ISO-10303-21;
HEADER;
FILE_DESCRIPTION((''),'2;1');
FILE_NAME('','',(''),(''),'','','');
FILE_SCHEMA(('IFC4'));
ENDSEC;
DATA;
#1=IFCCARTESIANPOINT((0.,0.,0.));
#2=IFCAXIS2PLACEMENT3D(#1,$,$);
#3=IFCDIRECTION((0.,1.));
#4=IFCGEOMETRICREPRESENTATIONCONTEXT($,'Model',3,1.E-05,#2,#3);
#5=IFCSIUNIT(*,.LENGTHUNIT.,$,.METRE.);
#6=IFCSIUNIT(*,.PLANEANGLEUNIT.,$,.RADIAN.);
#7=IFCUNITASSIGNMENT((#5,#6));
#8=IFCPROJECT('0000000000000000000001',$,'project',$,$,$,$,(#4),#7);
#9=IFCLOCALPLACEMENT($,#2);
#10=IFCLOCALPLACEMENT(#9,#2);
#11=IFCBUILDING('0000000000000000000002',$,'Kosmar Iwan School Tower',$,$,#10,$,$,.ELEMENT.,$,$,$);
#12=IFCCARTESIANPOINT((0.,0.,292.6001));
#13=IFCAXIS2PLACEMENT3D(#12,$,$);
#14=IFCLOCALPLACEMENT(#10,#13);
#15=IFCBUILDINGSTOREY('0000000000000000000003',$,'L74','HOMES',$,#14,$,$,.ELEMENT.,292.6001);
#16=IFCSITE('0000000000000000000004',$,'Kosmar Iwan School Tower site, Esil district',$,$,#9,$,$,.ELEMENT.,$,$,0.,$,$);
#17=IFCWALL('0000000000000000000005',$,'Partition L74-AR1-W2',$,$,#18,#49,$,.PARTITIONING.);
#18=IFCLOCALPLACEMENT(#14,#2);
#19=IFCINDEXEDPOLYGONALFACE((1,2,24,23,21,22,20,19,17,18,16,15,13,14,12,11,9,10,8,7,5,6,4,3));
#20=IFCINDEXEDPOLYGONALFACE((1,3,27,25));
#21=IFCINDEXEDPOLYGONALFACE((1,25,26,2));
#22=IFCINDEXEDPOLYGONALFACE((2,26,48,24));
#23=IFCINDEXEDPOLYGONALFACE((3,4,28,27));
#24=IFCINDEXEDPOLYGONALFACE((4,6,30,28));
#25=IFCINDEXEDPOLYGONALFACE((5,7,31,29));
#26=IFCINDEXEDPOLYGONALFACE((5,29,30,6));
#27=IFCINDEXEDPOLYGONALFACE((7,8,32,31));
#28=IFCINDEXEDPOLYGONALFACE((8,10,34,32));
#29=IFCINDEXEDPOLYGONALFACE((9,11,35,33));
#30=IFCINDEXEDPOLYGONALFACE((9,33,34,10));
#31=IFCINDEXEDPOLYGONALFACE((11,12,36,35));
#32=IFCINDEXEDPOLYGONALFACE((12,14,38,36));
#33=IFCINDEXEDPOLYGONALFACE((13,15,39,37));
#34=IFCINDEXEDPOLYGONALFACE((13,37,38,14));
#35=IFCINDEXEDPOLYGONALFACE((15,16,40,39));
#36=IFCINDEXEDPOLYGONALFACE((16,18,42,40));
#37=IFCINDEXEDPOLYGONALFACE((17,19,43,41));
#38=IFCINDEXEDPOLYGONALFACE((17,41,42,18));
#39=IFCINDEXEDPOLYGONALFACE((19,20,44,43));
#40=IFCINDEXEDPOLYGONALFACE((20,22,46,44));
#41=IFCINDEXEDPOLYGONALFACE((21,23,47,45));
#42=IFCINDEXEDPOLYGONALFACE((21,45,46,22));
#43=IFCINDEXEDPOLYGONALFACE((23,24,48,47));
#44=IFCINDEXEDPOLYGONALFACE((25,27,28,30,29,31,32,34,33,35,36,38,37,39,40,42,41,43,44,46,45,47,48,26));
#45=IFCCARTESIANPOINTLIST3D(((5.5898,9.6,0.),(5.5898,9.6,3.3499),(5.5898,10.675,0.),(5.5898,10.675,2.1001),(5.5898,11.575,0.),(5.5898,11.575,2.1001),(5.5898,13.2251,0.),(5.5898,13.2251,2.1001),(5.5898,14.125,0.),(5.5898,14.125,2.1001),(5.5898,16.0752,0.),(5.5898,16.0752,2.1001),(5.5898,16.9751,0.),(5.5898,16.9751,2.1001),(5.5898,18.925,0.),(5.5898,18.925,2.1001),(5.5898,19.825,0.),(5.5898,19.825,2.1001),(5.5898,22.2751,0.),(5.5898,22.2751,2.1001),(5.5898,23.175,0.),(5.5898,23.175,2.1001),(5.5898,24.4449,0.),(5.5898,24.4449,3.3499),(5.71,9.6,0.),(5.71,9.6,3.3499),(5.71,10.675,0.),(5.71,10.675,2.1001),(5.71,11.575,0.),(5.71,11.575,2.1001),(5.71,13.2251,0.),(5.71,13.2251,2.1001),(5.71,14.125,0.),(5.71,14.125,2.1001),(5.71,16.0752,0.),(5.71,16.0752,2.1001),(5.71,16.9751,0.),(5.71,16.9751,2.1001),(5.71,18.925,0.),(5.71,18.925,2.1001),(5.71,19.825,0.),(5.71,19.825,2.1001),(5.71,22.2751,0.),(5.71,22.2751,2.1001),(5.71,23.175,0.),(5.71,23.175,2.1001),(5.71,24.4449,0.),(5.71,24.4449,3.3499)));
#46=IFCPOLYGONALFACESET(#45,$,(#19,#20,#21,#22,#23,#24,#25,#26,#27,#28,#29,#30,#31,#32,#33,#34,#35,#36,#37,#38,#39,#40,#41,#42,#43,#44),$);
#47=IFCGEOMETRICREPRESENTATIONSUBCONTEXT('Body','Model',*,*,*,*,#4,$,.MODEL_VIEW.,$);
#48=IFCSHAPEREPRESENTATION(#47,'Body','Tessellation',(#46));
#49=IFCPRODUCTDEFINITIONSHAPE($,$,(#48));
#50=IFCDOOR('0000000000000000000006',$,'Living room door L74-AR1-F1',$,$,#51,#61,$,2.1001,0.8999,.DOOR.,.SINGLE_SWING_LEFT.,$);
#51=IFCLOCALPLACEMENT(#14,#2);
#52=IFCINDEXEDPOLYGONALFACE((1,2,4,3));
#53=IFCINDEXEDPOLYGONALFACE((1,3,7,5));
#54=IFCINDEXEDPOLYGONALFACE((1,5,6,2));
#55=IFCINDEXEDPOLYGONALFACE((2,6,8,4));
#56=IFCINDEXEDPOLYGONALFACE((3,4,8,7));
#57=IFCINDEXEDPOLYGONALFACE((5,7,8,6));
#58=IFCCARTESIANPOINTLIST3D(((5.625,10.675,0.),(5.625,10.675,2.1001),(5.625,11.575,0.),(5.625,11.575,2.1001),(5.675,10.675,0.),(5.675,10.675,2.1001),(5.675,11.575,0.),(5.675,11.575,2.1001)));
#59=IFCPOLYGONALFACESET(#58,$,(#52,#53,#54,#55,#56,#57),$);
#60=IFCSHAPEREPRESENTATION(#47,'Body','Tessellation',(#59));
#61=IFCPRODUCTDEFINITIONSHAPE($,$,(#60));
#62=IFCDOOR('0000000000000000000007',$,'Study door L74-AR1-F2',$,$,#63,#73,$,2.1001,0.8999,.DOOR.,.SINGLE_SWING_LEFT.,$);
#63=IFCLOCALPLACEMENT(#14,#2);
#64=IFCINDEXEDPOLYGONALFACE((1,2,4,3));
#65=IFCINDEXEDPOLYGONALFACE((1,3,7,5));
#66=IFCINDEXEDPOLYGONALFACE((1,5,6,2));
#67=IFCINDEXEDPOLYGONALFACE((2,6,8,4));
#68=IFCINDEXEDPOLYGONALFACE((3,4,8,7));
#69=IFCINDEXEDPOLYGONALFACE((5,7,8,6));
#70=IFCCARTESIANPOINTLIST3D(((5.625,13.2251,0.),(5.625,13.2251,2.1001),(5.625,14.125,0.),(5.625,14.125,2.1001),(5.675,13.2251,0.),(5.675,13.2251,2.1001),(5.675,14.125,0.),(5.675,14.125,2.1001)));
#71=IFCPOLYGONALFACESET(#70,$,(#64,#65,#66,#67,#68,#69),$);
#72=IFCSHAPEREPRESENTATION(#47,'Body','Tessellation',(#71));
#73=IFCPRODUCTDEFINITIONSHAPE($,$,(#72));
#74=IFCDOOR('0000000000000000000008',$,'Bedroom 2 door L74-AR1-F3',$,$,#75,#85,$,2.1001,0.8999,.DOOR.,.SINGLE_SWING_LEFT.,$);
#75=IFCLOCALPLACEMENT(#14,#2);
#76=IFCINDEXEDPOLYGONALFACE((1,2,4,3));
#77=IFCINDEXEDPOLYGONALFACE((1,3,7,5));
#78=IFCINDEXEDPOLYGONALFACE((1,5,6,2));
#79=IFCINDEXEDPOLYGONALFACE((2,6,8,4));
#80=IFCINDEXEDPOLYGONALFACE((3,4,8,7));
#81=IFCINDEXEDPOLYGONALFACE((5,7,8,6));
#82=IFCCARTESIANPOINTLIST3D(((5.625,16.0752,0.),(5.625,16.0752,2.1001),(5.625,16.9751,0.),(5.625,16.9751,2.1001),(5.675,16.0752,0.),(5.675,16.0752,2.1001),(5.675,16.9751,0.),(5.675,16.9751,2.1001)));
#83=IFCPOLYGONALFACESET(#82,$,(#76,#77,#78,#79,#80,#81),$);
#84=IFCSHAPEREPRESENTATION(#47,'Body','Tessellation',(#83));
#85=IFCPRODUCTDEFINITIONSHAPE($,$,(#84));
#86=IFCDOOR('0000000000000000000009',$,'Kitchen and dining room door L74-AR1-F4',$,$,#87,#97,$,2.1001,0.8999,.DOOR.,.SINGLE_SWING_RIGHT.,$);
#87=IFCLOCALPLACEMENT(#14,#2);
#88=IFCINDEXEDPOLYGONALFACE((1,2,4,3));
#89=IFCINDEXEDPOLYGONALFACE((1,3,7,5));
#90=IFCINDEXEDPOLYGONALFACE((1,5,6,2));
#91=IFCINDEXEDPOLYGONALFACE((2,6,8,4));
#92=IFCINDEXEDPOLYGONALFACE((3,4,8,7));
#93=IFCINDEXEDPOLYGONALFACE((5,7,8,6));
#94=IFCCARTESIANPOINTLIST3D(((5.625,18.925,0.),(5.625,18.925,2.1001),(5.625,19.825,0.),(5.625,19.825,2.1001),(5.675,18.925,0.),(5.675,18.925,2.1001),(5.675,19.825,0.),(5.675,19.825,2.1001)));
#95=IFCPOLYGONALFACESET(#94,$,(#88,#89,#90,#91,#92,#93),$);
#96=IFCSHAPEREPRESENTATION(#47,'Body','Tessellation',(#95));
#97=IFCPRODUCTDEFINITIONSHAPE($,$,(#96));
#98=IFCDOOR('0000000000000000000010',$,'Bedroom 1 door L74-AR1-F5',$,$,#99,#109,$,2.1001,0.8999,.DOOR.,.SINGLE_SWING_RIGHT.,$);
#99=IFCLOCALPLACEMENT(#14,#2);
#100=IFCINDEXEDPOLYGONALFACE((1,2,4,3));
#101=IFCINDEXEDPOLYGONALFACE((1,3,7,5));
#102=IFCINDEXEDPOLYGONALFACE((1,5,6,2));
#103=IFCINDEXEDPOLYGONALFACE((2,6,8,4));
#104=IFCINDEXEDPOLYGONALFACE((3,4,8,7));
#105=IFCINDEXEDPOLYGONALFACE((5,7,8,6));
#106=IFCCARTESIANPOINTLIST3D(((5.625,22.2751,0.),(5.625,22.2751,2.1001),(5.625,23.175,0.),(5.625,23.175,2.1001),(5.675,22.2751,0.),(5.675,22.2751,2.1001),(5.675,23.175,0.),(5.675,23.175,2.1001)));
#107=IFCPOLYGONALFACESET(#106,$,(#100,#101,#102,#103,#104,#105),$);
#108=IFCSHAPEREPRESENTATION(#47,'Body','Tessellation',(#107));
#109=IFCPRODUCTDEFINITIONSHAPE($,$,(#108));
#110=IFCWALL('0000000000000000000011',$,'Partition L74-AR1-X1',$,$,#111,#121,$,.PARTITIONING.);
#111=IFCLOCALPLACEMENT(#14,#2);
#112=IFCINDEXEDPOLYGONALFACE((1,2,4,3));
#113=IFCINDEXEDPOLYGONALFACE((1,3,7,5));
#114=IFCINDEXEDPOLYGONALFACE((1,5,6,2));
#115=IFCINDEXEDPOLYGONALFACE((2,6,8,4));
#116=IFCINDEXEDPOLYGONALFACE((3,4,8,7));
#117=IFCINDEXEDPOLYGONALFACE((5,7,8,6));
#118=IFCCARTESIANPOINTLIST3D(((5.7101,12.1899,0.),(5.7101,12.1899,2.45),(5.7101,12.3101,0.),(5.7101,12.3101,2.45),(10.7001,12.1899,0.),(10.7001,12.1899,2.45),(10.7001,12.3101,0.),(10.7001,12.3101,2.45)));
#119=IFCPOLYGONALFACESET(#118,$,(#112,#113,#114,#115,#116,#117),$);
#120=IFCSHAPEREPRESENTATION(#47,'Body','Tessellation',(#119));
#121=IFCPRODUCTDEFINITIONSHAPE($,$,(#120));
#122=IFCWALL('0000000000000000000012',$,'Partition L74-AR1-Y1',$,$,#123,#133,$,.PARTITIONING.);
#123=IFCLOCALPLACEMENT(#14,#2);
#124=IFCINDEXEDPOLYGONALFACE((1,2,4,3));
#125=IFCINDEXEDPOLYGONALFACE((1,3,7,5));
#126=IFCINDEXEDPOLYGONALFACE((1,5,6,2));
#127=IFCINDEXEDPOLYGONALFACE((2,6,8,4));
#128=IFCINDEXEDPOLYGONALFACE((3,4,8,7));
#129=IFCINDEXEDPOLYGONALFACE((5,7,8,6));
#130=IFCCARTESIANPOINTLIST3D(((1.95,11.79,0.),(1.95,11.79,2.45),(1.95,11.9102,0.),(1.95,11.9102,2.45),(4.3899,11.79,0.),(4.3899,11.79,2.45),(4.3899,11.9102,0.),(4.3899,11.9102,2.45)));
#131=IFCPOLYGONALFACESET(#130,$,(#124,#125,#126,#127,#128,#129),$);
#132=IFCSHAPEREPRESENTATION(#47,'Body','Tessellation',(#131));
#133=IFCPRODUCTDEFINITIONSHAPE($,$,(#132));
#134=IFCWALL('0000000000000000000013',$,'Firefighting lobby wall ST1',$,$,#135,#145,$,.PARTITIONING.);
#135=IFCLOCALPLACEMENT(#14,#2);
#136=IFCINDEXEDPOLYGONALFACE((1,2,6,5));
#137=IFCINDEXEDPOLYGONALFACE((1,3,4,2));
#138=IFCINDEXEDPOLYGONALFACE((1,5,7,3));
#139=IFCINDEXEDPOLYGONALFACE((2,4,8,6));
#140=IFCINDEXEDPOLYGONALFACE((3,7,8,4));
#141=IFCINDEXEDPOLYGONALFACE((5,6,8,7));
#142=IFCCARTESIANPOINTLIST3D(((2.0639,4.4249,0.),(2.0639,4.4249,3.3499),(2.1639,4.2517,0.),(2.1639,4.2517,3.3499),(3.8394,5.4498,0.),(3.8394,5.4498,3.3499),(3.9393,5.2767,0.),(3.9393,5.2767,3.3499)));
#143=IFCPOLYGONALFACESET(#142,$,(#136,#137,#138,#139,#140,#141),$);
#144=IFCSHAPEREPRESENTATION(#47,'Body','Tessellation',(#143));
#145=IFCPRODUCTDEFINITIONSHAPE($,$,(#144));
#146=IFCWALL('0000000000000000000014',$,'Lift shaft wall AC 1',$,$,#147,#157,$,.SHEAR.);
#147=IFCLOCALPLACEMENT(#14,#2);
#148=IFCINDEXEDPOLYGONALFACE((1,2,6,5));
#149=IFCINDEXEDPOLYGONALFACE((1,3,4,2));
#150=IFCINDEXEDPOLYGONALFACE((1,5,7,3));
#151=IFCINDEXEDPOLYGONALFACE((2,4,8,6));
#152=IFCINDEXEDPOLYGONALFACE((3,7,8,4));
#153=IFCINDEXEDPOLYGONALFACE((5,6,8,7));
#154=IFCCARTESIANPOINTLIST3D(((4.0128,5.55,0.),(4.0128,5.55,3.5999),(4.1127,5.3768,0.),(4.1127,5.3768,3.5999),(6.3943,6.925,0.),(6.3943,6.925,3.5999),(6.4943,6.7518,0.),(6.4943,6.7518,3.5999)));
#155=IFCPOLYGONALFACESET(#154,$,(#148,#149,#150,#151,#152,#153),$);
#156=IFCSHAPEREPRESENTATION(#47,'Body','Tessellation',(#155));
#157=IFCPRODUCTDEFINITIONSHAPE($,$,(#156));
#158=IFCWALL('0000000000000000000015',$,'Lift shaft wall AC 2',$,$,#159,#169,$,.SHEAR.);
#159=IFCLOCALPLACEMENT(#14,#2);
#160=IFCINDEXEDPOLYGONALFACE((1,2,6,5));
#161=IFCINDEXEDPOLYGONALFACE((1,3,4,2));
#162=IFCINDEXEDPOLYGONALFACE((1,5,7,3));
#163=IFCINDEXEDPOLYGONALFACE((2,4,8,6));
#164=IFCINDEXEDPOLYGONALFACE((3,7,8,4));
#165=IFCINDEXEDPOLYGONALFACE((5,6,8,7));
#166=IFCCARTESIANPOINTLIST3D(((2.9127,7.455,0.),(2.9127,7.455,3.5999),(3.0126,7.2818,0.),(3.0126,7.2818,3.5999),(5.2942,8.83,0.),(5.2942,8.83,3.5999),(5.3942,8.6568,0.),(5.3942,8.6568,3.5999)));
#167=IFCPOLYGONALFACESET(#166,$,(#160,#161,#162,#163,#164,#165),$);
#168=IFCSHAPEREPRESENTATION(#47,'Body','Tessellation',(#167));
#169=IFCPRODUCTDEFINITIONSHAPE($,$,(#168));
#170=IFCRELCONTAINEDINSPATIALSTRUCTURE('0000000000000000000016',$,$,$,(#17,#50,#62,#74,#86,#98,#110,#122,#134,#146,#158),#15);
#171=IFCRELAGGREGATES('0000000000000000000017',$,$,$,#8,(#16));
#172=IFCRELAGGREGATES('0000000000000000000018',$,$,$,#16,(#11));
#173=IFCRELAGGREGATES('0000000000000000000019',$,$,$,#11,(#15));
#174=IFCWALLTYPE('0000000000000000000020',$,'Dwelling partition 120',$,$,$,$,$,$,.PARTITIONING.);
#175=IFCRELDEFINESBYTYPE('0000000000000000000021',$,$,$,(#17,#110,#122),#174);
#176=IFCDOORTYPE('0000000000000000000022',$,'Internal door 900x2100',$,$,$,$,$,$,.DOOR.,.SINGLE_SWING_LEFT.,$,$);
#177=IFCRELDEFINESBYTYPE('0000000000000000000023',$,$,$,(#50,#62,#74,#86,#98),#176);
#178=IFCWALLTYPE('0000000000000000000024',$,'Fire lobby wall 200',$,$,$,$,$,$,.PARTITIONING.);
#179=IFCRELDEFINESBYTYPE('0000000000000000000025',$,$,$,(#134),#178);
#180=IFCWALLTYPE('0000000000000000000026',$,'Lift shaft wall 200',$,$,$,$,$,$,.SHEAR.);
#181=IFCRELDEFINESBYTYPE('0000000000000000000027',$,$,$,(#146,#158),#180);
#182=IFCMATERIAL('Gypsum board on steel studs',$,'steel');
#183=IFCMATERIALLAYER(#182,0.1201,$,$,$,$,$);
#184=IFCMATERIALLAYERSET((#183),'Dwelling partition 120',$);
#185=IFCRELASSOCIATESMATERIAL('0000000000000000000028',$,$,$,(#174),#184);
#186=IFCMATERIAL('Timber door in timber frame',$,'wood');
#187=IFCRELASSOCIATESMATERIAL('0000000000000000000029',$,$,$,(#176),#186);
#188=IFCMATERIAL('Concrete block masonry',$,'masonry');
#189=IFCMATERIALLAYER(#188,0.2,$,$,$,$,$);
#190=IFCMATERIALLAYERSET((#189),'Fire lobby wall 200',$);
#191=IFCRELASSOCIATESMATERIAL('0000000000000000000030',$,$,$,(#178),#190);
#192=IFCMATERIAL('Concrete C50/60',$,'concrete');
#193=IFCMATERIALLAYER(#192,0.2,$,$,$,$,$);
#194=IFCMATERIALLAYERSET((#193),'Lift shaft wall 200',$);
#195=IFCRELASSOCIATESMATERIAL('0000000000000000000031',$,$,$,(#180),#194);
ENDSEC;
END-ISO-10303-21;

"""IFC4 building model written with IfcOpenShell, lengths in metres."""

from ifc_helpers import new_model, si_unit, direction, frame, frame_2d, origin, place, context, subcontext, project, spatial, rectangle, extrude, material, layer, layer_set, type_object, element, fill, save


model = new_model("IFC4")

# Units and contexts
model_context = context("Model", 3, precision=1e-05, world=origin(), true_north=direction((0.0, 1.0)))
body_context = subcontext(model_context, "Body", "Model", "MODEL_VIEW")
ifc_project = project(units=[si_unit("LENGTHUNIT", "METRE"), si_unit("PLANEANGLEUNIT", "RADIAN")], contexts=[model_context])

# Site, building, storey
site_placement = place(None, origin())
site = spatial("IfcSite", under=ifc_project, at=site_placement, Name="Kosmar Iwan School Tower site, Esil district", CompositionType="ELEMENT", RefElevation=0.0)
building_placement = place(site_placement, origin())
building = spatial("IfcBuilding", under=site, at=building_placement, Name="Kosmar Iwan School Tower", CompositionType="ELEMENT")
storey_placement = place(building_placement, frame((0.0, 0.0, 292.6001)))
storey = spatial("IfcBuildingStorey", under=building, at=storey_placement, Name="L74", Description="HOMES", CompositionType="ELEMENT", Elevation=292.6001)

# Wall, openings, doors
ifc_material_1 = material(Name="Gypsum board on steel studs", Category="steel")
ifc_layer_1 = layer(ifc_material_1, 0.1201)
ifc_layer_set_1 = layer_set([ifc_layer_1], Name="Dwelling partition 120")
wall_type_1 = type_object("IfcWallType", Name="Dwelling partition 120", PredefinedType="PARTITIONING", material=ifc_layer_set_1)
ifc_material_2 = material(Name="Timber door in timber frame", Category="wood")
door_type_1 = type_object("IfcDoorType", Name="Internal door 900x2100", OperationType="SINGLE_SWING_LEFT", PredefinedType="DOOR", material=ifc_material_2)
wall_1_placement = place(storey_placement, frame((5.6499, 9.6001, 0.0), z_axis=(0.0, 0.0, 1.0), x_axis=(0.0, 1.0, 0.0)))
wall_1 = element("IfcWall", 1, at=wall_1_placement, inside=storey, type_object=wall_type_1, Name="Partition L74-AR1-W2", PredefinedType="PARTITIONING", context=body_context, shape_type="SweptSolid", body=[
    extrude(rectangle(XDim=14.845, YDim=0.1201, at=frame_2d((7.4224, 0.0))), origin(), (0.0, 0.0, 1.0), 3.3499),
])
opening_1_placement = place(wall_1_placement, frame((1.075, 0.0, 0.0)))
opening_1 = element("IfcOpeningElement", 2, at=opening_1_placement, cuts=wall_1, PredefinedType="OPENING", context=body_context, shape_type="SweptSolid", body=[
    extrude(rectangle(XDim=0.8999, YDim=2.1001, at=frame_2d((0.45, 1.05))), frame((0.0, 0.072, 0.0), z_axis=(0.0, -1.0, 0.0), x_axis=(1.0, 0.0, 0.0)), (0.0, 0.0, 1.0), 0.144),
])
opening_2_placement = place(wall_1_placement, frame((3.625, 0.0, 0.0)))
opening_2 = element("IfcOpeningElement", 3, at=opening_2_placement, cuts=wall_1, PredefinedType="OPENING", context=body_context, shape_type="SweptSolid", body=[
    extrude(rectangle(XDim=0.8999, YDim=2.1001, at=frame_2d((0.45, 1.05))), frame((0.0, 0.072, 0.0), z_axis=(0.0, -1.0, 0.0), x_axis=(1.0, 0.0, 0.0)), (0.0, 0.0, 1.0), 0.144),
])
opening_3_placement = place(wall_1_placement, frame((6.4751, 0.0, 0.0)))
opening_3 = element("IfcOpeningElement", 4, at=opening_3_placement, cuts=wall_1, PredefinedType="OPENING", context=body_context, shape_type="SweptSolid", body=[
    extrude(rectangle(XDim=0.8999, YDim=2.1001, at=frame_2d((0.45, 1.05))), frame((0.0, 0.072, 0.0), z_axis=(0.0, -1.0, 0.0), x_axis=(1.0, 0.0, 0.0)), (0.0, 0.0, 1.0), 0.144),
])
opening_4_placement = place(wall_1_placement, frame((9.325, 0.0, 0.0)))
opening_4 = element("IfcOpeningElement", 5, at=opening_4_placement, cuts=wall_1, PredefinedType="OPENING", context=body_context, shape_type="SweptSolid", body=[
    extrude(rectangle(XDim=0.8999, YDim=2.1001, at=frame_2d((0.45, 1.05))), frame((0.0, 0.072, 0.0), z_axis=(0.0, -1.0, 0.0), x_axis=(1.0, 0.0, 0.0)), (0.0, 0.0, 1.0), 0.144),
])
opening_5_placement = place(wall_1_placement, frame((12.675, 0.0, 0.0)))
opening_5 = element("IfcOpeningElement", 6, at=opening_5_placement, cuts=wall_1, PredefinedType="OPENING", context=body_context, shape_type="SweptSolid", body=[
    extrude(rectangle(XDim=0.8999, YDim=2.1001, at=frame_2d((0.45, 1.05))), frame((0.0, 0.072, 0.0), z_axis=(0.0, -1.0, 0.0), x_axis=(1.0, 0.0, 0.0)), (0.0, 0.0, 1.0), 0.144),
])
door_1_placement = place(opening_1_placement, origin())
door_1 = element("IfcDoor", 7, at=door_1_placement, inside=storey, type_object=door_type_1, Name="Living room door L74-AR1-F1", OperationType="SINGLE_SWING_LEFT", OverallHeight=2.1001, OverallWidth=0.8999, PredefinedType="DOOR", context=body_context, shape_type="SweptSolid", body=[
    extrude(rectangle(XDim=0.8999, YDim=2.1001, at=frame_2d((0.45, 1.05))), frame((0.0, 0.0249, 0.0), z_axis=(0.0, -1.0, 0.0), x_axis=(1.0, 0.0, 0.0)), (0.0, 0.0, 1.0), 0.05),
])
fill(opening_1, door_1)
door_2_placement = place(opening_2_placement, origin())
door_2 = element("IfcDoor", 8, at=door_2_placement, inside=storey, type_object=door_type_1, Name="Study door L74-AR1-F2", OperationType="SINGLE_SWING_LEFT", OverallHeight=2.1001, OverallWidth=0.8999, PredefinedType="DOOR", context=body_context, shape_type="SweptSolid", body=[
    extrude(rectangle(XDim=0.8999, YDim=2.1001, at=frame_2d((0.45, 1.05))), frame((0.0, 0.0249, 0.0), z_axis=(0.0, -1.0, 0.0), x_axis=(1.0, 0.0, 0.0)), (0.0, 0.0, 1.0), 0.05),
])
fill(opening_2, door_2)
door_3_placement = place(opening_3_placement, origin())
door_3 = element("IfcDoor", 9, at=door_3_placement, inside=storey, type_object=door_type_1, Name="Bedroom 2 door L74-AR1-F3", OperationType="SINGLE_SWING_LEFT", OverallHeight=2.1001, OverallWidth=0.8999, PredefinedType="DOOR", context=body_context, shape_type="SweptSolid", body=[
    extrude(rectangle(XDim=0.8999, YDim=2.1001, at=frame_2d((0.45, 1.05))), frame((0.0, 0.0249, 0.0), z_axis=(0.0, -1.0, 0.0), x_axis=(1.0, 0.0, 0.0)), (0.0, 0.0, 1.0), 0.05),
])
fill(opening_3, door_3)
door_4_placement = place(opening_4_placement, origin())
door_4 = element("IfcDoor", 10, at=door_4_placement, inside=storey, type_object=door_type_1, Name="Kitchen and dining room door L74-AR1-F4", OperationType="SINGLE_SWING_RIGHT", OverallHeight=2.1001, OverallWidth=0.8999, PredefinedType="DOOR", context=body_context, shape_type="SweptSolid", body=[
    extrude(rectangle(XDim=0.8999, YDim=2.1001, at=frame_2d((0.45, 1.05))), frame((0.0, 0.0249, 0.0), z_axis=(0.0, -1.0, 0.0), x_axis=(1.0, 0.0, 0.0)), (0.0, 0.0, 1.0), 0.05),
])
fill(opening_4, door_4)
door_5_placement = place(opening_5_placement, origin())
door_5 = element("IfcDoor", 11, at=door_5_placement, inside=storey, type_object=door_type_1, Name="Bedroom 1 door L74-AR1-F5", OperationType="SINGLE_SWING_RIGHT", OverallHeight=2.1001, OverallWidth=0.8999, PredefinedType="DOOR", context=body_context, shape_type="SweptSolid", body=[
    extrude(rectangle(XDim=0.8999, YDim=2.1001, at=frame_2d((0.45, 1.05))), frame((0.0, 0.0249, 0.0), z_axis=(0.0, -1.0, 0.0), x_axis=(1.0, 0.0, 0.0)), (0.0, 0.0, 1.0), 0.05),
])
fill(opening_5, door_5)

# Walls
wall_2_placement = place(storey_placement, frame((5.71, 12.25, 0.0), z_axis=(0.0, 0.0, 1.0), x_axis=(1.0, 0.0, 0.0)))
element("IfcWall", 12, at=wall_2_placement, inside=storey, type_object=wall_type_1, Name="Partition L74-AR1-X1", PredefinedType="PARTITIONING", context=body_context, shape_type="SweptSolid", body=[
    extrude(rectangle(XDim=4.99, YDim=0.1201, at=frame_2d((2.4951, 0.0))), origin(), (0.0, 0.0, 1.0), 2.45),
])
wall_3_placement = place(storey_placement, frame((1.95, 11.8501, 0.0), z_axis=(0.0, 0.0, 1.0), x_axis=(1.0, 0.0, 0.0)))
element("IfcWall", 13, at=wall_3_placement, inside=storey, type_object=wall_type_1, Name="Partition L74-AR1-Y1", PredefinedType="PARTITIONING", context=body_context, shape_type="SweptSolid", body=[
    extrude(rectangle(XDim=2.4399, YDim=0.1201, at=frame_2d((1.22, 0.0))), origin(), (0.0, 0.0, 1.0), 2.45),
])
ifc_material_3 = material(Name="Concrete block masonry", Category="masonry")
ifc_layer_2 = layer(ifc_material_3, 0.2)
ifc_layer_set_2 = layer_set([ifc_layer_2], Name="Fire lobby wall 200")
wall_type_2 = type_object("IfcWallType", Name="Fire lobby wall 200", PredefinedType="PARTITIONING", material=ifc_layer_set_2)
wall_4_placement = place(storey_placement, frame((2.114, 4.3384, 0.0), z_axis=(0.0, 0.0, 1.0), x_axis=(0.866051, 0.499956, 0.0)))
element("IfcWall", 14, at=wall_4_placement, inside=storey, type_object=wall_type_2, Name="Firefighting lobby wall ST1", PredefinedType="PARTITIONING", context=body_context, shape_type="SweptSolid", body=[
    extrude(rectangle(XDim=2.05, YDim=0.2, at=frame_2d((1.0249, 0.0))), origin(), (0.0, 0.0, 1.0), 3.3499),
])
ifc_material_4 = material(Name="Concrete C50/60", Category="concrete")
ifc_layer_3 = layer(ifc_material_4, 0.2)
ifc_layer_set_3 = layer_set([ifc_layer_3], Name="Lift shaft wall 200")
wall_type_3 = type_object("IfcWallType", Name="Lift shaft wall 200", PredefinedType="SHEAR", material=ifc_layer_set_3)
for number, where, z_axis, x_axis, name in (
    (15, (4.0627, 5.4634, 0.0), (0.0, 0.0, 1.0), (0.866027, 0.499997, 0.0), "Lift shaft wall AC 1"),
    (16, (2.9626, 7.3684, 0.0), (0.0, 0.0, 1.0), (0.866027, 0.499997, 0.0), "Lift shaft wall AC 2"),
):
    element("IfcWall", number, at=place(storey_placement, frame(where, z_axis=z_axis, x_axis=x_axis)), inside=storey, type_object=wall_type_3, Name=name, PredefinedType="SHEAR", context=body_context, shape_type="SweptSolid", body=[
        extrude(rectangle(XDim=2.75, YDim=0.2, at=frame_2d((1.375, 0.0))), origin(), (0.0, 0.0, 1.0), 3.5999),
    ])

save(model, "model.ifc")
